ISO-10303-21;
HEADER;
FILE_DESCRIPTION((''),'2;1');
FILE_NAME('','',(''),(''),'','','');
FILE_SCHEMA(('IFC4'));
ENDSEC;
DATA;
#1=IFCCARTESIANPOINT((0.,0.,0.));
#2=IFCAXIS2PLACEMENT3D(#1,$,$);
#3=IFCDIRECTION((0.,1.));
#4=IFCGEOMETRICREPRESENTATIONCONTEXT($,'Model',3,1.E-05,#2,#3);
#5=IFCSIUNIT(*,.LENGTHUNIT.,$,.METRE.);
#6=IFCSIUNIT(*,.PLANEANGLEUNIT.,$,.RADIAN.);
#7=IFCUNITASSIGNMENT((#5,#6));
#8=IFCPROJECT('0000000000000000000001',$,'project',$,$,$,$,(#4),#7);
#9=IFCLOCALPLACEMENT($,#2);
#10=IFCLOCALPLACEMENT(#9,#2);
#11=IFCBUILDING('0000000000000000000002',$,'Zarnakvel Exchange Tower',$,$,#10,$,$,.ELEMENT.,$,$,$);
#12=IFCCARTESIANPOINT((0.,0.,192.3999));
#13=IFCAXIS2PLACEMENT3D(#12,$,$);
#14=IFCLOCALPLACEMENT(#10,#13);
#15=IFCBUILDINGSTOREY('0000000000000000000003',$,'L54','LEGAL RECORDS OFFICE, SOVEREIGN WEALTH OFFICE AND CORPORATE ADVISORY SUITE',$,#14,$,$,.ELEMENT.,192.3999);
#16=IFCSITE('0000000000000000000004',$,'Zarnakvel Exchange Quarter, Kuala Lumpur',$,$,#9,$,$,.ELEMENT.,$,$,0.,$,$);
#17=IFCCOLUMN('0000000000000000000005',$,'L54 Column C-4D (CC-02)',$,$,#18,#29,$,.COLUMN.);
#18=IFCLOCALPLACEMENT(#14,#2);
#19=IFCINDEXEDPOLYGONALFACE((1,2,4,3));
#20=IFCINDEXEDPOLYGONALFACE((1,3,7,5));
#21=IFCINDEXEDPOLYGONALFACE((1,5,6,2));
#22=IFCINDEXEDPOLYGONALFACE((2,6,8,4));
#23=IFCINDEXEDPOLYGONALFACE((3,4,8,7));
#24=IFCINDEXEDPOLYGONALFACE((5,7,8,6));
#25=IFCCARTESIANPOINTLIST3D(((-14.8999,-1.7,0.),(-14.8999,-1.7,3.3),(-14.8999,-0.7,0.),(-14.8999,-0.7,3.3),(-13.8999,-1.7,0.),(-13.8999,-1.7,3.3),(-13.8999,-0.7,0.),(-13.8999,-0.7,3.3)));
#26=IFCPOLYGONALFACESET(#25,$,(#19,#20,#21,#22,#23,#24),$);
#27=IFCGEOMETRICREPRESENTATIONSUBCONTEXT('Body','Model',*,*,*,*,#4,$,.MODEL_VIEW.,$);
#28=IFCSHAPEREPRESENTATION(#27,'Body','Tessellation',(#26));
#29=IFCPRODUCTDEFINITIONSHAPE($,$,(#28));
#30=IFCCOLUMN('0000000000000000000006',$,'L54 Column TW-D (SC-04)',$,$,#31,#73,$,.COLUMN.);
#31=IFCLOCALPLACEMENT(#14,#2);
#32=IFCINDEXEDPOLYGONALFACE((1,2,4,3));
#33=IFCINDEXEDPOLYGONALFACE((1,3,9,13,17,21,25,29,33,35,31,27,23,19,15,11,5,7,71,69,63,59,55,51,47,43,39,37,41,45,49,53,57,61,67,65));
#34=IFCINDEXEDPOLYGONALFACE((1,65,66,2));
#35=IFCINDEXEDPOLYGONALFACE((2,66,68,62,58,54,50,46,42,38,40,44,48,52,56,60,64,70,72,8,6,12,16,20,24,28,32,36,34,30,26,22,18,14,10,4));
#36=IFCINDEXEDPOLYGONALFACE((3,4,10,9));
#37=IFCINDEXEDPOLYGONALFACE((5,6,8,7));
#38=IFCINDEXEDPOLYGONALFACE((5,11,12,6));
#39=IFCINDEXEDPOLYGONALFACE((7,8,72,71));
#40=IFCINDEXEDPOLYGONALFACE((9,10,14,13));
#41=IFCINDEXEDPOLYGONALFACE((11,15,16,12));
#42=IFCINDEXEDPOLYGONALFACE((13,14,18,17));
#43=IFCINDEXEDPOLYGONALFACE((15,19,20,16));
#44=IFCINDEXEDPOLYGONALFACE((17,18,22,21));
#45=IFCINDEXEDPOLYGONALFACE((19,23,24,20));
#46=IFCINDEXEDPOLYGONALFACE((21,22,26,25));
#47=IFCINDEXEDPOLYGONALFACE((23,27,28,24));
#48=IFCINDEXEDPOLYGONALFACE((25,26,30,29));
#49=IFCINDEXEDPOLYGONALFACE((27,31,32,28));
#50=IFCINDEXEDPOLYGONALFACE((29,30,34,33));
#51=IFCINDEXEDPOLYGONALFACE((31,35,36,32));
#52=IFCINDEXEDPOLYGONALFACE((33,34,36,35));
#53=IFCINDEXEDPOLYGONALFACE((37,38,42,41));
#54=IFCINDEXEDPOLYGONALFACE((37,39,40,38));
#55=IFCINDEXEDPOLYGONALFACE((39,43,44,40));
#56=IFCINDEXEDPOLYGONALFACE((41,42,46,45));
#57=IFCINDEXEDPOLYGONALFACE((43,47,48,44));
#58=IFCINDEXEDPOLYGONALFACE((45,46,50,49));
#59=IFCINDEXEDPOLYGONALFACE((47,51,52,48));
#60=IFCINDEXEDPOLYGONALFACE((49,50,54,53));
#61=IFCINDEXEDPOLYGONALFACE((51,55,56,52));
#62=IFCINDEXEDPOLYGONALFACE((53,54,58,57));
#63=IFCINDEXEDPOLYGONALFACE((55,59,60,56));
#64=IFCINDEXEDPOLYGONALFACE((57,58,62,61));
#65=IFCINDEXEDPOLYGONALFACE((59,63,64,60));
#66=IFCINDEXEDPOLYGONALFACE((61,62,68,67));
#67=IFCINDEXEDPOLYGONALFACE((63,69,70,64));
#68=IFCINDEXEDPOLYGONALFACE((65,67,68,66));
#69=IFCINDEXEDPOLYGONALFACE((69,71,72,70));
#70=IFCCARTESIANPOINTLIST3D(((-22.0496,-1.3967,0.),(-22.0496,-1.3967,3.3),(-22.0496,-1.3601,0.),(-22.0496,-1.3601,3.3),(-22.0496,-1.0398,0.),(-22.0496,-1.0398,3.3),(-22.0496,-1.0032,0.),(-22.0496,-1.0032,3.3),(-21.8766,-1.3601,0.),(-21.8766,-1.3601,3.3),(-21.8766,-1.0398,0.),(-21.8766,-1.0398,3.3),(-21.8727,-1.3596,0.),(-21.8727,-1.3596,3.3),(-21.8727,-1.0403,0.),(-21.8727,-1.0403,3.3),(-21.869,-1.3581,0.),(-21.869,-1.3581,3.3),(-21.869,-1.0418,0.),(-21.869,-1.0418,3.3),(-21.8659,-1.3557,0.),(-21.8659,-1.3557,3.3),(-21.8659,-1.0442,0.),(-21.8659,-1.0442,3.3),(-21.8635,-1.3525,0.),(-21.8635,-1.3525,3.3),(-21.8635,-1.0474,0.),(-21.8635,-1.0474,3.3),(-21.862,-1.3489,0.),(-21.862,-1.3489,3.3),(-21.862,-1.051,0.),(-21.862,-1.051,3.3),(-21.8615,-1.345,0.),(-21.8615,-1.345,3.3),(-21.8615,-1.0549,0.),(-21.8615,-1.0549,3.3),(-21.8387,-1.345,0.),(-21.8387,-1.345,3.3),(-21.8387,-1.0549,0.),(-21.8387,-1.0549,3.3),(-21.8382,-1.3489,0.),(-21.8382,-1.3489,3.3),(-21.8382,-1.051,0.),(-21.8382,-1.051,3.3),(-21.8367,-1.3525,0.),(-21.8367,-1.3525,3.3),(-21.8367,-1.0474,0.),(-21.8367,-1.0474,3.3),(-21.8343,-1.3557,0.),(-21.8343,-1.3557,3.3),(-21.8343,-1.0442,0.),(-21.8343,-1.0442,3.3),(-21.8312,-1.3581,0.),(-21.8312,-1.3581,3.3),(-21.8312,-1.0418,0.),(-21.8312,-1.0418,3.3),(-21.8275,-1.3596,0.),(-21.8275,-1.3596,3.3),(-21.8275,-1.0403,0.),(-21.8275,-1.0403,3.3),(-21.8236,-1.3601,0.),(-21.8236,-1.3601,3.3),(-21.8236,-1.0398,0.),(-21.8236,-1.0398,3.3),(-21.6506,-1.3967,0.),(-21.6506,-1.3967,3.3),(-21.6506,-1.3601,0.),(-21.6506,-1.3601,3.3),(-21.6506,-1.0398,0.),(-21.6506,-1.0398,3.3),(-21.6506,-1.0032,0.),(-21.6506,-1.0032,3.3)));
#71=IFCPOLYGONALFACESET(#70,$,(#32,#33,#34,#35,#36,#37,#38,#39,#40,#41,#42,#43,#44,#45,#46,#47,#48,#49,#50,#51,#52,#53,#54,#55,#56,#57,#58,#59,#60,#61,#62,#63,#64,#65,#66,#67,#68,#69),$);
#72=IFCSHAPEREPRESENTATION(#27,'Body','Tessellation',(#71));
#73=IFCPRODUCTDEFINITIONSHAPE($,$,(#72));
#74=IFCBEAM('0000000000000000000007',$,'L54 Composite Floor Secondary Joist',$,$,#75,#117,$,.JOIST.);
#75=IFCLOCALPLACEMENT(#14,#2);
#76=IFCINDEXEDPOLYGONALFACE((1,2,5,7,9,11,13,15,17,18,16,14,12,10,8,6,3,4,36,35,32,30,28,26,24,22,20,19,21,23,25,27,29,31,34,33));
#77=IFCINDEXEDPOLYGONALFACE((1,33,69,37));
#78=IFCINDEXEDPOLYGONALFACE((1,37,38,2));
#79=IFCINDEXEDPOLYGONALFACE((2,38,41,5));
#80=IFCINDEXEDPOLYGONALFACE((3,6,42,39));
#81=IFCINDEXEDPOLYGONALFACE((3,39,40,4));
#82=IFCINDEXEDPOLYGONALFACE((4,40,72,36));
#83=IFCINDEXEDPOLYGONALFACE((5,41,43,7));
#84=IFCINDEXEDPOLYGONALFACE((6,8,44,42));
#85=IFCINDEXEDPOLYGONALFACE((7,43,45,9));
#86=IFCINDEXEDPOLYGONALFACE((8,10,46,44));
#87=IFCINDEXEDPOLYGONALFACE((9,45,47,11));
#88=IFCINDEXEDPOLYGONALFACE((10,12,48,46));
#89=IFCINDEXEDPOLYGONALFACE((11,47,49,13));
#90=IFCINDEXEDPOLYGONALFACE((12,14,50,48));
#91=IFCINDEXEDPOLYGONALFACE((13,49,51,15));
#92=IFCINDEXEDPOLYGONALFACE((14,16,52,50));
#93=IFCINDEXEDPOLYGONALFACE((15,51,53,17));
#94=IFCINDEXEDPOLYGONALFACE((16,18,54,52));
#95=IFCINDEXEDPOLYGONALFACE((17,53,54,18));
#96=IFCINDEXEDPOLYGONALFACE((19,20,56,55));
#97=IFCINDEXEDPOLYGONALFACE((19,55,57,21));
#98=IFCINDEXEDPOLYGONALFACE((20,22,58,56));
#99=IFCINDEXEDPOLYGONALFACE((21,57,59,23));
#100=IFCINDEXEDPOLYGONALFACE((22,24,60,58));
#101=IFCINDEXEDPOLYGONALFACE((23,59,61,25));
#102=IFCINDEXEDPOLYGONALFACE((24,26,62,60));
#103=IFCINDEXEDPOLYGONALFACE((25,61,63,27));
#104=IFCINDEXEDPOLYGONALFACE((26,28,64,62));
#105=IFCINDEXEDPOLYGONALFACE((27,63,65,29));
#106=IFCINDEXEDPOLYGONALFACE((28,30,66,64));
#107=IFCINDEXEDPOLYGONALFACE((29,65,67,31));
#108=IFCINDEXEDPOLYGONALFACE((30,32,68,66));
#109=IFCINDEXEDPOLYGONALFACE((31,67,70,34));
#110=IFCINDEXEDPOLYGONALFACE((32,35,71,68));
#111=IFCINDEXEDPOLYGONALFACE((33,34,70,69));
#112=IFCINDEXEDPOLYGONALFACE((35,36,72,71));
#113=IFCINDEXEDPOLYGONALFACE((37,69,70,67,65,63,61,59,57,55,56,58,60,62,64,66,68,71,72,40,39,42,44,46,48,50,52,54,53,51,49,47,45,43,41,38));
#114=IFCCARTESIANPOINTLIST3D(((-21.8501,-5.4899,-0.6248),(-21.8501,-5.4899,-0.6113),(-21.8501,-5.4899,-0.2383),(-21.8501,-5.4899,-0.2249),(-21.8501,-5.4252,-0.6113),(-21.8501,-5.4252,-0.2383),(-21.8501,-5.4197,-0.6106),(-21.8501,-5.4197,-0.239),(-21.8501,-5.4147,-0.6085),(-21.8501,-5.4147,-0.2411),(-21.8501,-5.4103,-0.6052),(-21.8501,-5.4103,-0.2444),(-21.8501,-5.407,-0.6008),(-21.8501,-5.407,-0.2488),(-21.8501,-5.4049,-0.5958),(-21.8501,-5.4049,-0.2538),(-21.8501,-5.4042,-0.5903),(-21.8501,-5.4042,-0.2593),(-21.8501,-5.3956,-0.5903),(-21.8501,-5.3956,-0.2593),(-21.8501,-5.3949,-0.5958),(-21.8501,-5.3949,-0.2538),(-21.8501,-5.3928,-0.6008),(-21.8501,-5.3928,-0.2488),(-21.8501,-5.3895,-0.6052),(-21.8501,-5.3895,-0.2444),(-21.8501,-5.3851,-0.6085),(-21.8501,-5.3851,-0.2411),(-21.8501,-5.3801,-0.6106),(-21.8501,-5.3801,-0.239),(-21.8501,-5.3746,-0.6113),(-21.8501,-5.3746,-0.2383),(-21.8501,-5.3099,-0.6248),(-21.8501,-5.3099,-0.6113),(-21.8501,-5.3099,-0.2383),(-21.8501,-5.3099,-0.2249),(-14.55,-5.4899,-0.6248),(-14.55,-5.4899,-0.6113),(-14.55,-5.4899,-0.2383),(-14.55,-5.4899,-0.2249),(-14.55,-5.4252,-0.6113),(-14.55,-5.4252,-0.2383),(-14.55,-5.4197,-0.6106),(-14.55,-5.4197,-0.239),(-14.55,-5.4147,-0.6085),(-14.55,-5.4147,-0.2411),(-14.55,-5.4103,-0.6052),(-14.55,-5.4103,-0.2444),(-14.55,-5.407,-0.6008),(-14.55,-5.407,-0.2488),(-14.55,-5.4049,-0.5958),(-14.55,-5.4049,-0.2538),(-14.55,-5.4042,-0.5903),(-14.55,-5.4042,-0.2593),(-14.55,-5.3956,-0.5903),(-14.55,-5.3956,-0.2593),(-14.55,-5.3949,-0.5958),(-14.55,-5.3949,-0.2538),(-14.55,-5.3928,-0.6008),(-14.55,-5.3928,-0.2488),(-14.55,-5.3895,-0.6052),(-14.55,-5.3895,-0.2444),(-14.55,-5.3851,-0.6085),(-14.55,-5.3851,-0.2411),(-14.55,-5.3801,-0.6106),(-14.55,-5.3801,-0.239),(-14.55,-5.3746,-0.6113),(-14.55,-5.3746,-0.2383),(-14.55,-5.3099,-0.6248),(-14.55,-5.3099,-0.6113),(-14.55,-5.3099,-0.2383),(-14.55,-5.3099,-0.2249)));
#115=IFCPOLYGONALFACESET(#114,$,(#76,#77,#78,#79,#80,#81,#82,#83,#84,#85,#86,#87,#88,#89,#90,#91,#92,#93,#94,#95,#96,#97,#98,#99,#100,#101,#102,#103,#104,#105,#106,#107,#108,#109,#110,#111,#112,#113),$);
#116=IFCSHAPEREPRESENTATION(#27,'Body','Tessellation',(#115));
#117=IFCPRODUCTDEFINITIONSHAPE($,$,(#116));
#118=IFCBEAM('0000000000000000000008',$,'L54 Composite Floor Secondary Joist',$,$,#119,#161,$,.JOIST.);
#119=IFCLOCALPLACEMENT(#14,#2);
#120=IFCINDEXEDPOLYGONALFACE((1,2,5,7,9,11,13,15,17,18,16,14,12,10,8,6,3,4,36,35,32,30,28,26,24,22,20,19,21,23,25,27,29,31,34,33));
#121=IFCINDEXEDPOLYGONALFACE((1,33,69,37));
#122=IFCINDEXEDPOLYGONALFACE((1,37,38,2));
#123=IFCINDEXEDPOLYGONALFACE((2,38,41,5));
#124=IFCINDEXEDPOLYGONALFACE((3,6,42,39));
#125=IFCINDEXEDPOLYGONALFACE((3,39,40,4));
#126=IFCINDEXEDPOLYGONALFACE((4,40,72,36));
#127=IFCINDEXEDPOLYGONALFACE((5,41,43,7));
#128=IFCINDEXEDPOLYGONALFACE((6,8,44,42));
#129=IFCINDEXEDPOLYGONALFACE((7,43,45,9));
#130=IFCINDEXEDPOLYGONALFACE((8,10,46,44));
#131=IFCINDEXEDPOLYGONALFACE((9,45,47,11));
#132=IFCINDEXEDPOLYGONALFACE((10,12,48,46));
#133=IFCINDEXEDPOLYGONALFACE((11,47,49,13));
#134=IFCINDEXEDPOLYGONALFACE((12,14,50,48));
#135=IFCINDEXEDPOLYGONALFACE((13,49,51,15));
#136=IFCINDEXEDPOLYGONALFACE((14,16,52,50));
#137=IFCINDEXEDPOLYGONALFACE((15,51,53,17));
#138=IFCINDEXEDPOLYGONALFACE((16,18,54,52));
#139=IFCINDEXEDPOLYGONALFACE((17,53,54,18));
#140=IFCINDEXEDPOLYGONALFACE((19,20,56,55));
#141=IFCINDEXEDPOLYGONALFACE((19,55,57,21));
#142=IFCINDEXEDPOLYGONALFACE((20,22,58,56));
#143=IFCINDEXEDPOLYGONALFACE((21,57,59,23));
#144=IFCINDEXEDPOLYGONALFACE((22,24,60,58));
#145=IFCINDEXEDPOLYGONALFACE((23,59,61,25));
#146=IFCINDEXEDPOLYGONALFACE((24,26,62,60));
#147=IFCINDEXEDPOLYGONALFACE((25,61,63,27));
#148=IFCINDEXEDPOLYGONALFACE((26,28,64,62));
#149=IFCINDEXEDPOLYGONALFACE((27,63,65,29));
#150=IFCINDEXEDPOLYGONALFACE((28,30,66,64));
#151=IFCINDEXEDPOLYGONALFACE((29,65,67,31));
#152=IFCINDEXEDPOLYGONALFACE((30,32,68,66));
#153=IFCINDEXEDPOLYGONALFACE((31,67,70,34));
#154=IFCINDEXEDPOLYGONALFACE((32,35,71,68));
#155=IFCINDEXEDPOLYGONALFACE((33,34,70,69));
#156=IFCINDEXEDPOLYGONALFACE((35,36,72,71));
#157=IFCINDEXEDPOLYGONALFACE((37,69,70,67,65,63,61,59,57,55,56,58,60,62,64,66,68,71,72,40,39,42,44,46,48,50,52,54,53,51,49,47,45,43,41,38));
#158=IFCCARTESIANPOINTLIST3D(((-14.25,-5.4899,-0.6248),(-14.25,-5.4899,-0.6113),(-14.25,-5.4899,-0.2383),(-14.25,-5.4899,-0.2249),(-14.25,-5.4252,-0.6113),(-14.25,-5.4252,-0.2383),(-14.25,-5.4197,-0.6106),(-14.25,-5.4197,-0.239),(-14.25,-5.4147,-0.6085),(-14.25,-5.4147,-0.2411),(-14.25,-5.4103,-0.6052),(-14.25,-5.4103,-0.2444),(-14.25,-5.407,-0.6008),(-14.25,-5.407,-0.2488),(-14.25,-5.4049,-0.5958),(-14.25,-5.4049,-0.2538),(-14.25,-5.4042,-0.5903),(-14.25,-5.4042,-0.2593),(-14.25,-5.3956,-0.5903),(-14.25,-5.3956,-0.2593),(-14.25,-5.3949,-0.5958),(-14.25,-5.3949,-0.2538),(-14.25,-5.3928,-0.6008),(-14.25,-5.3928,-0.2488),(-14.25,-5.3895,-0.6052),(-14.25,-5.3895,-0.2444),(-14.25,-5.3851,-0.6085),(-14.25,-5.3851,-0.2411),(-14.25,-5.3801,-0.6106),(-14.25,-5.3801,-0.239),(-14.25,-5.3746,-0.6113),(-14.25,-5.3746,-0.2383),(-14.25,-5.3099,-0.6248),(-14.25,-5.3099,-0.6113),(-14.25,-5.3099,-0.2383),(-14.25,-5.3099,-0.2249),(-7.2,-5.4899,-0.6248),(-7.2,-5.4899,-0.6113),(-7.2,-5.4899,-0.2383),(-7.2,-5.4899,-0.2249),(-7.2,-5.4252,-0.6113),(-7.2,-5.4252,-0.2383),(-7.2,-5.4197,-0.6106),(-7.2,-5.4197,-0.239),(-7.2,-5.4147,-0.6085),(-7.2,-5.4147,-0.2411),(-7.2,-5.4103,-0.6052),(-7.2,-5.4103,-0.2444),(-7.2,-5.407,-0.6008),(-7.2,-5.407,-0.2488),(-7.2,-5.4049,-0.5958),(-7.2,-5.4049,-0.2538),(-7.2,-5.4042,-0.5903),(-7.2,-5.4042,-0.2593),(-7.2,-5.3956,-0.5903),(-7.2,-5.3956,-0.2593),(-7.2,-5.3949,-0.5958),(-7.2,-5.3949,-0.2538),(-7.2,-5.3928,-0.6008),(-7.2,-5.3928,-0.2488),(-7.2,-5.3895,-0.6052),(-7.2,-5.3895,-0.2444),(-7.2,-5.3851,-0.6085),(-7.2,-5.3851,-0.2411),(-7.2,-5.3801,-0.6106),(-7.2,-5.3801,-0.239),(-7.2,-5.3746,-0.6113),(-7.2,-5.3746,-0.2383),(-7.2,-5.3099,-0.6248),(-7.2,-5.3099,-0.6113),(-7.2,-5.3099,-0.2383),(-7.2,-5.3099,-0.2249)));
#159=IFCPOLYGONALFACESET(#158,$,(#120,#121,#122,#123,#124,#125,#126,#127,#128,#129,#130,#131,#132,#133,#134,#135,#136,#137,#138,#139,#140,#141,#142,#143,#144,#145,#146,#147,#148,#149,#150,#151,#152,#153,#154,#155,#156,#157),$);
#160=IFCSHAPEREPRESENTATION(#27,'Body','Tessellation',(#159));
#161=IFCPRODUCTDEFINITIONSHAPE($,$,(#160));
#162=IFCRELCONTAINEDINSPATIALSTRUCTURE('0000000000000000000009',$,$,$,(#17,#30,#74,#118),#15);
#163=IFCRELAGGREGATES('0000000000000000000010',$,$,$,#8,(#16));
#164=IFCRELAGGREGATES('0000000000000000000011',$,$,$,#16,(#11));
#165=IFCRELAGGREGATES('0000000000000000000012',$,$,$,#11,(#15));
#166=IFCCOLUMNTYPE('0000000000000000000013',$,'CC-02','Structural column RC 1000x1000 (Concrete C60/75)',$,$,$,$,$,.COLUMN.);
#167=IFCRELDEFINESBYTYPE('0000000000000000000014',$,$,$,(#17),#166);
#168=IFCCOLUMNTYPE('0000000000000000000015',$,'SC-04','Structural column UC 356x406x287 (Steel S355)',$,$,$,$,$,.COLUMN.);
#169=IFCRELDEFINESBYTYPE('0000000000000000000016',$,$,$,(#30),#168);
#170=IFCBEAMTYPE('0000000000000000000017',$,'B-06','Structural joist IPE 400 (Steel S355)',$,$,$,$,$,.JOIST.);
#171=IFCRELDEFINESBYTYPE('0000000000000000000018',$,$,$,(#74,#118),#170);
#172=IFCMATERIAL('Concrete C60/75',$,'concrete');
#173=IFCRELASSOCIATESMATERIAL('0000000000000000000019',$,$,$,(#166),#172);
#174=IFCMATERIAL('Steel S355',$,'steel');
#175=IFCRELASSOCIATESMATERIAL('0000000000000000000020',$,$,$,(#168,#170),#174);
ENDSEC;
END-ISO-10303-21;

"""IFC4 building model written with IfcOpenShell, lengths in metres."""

from ifc_helpers import new_model, si_unit, direction, frame, origin, origin_2d, place, context, subcontext, project, spatial, rectangle, i_section, extrude, material, material_profile, profile_set, type_object, element, save


model = new_model("IFC4")

# Units and contexts
model_context = context("Model", 3, precision=1e-05, world=origin(), true_north=direction((0.0, 1.0)))
body_context = subcontext(model_context, "Body", "Model", "MODEL_VIEW")
ifc_project = project(units=[si_unit("LENGTHUNIT", "METRE"), si_unit("PLANEANGLEUNIT", "RADIAN")], contexts=[model_context])

# Site, building, storey
site_placement = place(None, origin())
site = spatial("IfcSite", under=ifc_project, at=site_placement, Name="Zarnakvel Exchange Quarter, Kuala Lumpur", CompositionType="ELEMENT", RefElevation=0.0)
building_placement = place(site_placement, origin())
building = spatial("IfcBuilding", under=site, at=building_placement, Name="Zarnakvel Exchange Tower", CompositionType="ELEMENT")
storey_placement = place(building_placement, frame((0.0, 0.0, 192.3999)))
storey = spatial("IfcBuildingStorey", under=building, at=storey_placement, Name="L54", Description="LEGAL RECORDS OFFICE, SOVEREIGN WEALTH OFFICE AND CORPORATE ADVISORY SUITE", CompositionType="ELEMENT", Elevation=192.3999)

# Columns
ifc_material_1 = material(Name="Concrete C60/75", Category="concrete")
ifc_material_profile_1 = material_profile(ifc_material_1, rectangle(XDim=1.0, YDim=1.0, at=origin_2d()))
ifc_profile_set_1 = profile_set([ifc_material_profile_1], Name="Concrete C60/75")
column_type_1 = type_object("IfcColumnType", Name="CC-02", Description="Structural column RC 1000x1000 (Concrete C60/75)", PredefinedType="COLUMN", material=ifc_profile_set_1)
column_1_placement = place(storey_placement, frame((-14.3999, -1.2, 0.0), z_axis=(0.0, 0.0, 1.0), x_axis=(1.0, 0.0, 0.0)))
element("IfcColumn", 1, at=column_1_placement, inside=storey, type_object=column_type_1, Name="L54 Column C-4D (CC-02)", PredefinedType="COLUMN", context=body_context, shape_type="SweptSolid", body=[
    extrude(rectangle(XDim=1.0, YDim=1.0, at=origin_2d()), origin(), (0.0, 0.0, 1.0), 3.3),
])
ifc_material_2 = material(Name="Steel S355", Category="steel")
ifc_material_profile_2 = material_profile(ifc_material_2, i_section(OverallWidth=0.3989, OverallDepth=0.3936, WebThickness=0.0227, FlangeThickness=0.0366, FilletRadius=0.0151, at=origin_2d()))
ifc_profile_set_2 = profile_set([ifc_material_profile_2], Name="Steel S355")
column_type_2 = type_object("IfcColumnType", Name="SC-04", Description="Structural column UC 356x406x287 (Steel S355)", PredefinedType="COLUMN", material=ifc_profile_set_2)
column_2_placement = place(storey_placement, frame((-21.8501, -1.2, 0.0), z_axis=(0.0, 0.0, 1.0), x_axis=(1.0, 0.0, 0.0)))
element("IfcColumn", 2, at=column_2_placement, inside=storey, type_object=column_type_2, Name="L54 Column TW-D (SC-04)", PredefinedType="COLUMN", context=body_context, shape_type="SweptSolid", body=[
    extrude(i_section(OverallWidth=0.3989, OverallDepth=0.3936, WebThickness=0.0227, FlangeThickness=0.0366, FilletRadius=0.0151, at=origin_2d()), origin(), (0.0, 0.0, 1.0), 3.3),
])

# Beams
ifc_material_profile_3 = material_profile(ifc_material_2, i_section(OverallWidth=0.1799, OverallDepth=0.3999, WebThickness=0.0085, FlangeThickness=0.0134, FilletRadius=0.021, at=origin_2d()))
ifc_profile_set_3 = profile_set([ifc_material_profile_3], Name="Steel S355")
beam_type_1 = type_object("IfcBeamType", Name="B-06", Description="Structural joist IPE 400 (Steel S355)", PredefinedType="JOIST", material=ifc_profile_set_3)
beam_1_placement = place(storey_placement, frame((-21.8501, -5.3999, -0.4248), z_axis=(1.0, 0.0, 0.0), x_axis=(0.0, 1.0, 0.0)))
element("IfcBeam", 3, at=beam_1_placement, inside=storey, type_object=beam_type_1, Name="L54 Composite Floor Secondary Joist", PredefinedType="JOIST", context=body_context, shape_type="SweptSolid", body=[
    extrude(i_section(OverallWidth=0.1799, OverallDepth=0.3999, WebThickness=0.0085, FlangeThickness=0.0134, FilletRadius=0.021, at=origin_2d()), origin(), (0.0, 0.0, 1.0), 7.3),
])
beam_2_placement = place(storey_placement, frame((-14.25, -5.3999, -0.4248), z_axis=(1.0, 0.0, 0.0), x_axis=(0.0, 1.0, 0.0)))
element("IfcBeam", 4, at=beam_2_placement, inside=storey, type_object=beam_type_1, Name="L54 Composite Floor Secondary Joist", PredefinedType="JOIST", context=body_context, shape_type="SweptSolid", body=[
    extrude(i_section(OverallWidth=0.1799, OverallDepth=0.3999, WebThickness=0.0085, FlangeThickness=0.0134, FilletRadius=0.021, at=origin_2d()), origin(), (0.0, 0.0, 1.0), 7.05),
])

save(model, "model.ifc")
